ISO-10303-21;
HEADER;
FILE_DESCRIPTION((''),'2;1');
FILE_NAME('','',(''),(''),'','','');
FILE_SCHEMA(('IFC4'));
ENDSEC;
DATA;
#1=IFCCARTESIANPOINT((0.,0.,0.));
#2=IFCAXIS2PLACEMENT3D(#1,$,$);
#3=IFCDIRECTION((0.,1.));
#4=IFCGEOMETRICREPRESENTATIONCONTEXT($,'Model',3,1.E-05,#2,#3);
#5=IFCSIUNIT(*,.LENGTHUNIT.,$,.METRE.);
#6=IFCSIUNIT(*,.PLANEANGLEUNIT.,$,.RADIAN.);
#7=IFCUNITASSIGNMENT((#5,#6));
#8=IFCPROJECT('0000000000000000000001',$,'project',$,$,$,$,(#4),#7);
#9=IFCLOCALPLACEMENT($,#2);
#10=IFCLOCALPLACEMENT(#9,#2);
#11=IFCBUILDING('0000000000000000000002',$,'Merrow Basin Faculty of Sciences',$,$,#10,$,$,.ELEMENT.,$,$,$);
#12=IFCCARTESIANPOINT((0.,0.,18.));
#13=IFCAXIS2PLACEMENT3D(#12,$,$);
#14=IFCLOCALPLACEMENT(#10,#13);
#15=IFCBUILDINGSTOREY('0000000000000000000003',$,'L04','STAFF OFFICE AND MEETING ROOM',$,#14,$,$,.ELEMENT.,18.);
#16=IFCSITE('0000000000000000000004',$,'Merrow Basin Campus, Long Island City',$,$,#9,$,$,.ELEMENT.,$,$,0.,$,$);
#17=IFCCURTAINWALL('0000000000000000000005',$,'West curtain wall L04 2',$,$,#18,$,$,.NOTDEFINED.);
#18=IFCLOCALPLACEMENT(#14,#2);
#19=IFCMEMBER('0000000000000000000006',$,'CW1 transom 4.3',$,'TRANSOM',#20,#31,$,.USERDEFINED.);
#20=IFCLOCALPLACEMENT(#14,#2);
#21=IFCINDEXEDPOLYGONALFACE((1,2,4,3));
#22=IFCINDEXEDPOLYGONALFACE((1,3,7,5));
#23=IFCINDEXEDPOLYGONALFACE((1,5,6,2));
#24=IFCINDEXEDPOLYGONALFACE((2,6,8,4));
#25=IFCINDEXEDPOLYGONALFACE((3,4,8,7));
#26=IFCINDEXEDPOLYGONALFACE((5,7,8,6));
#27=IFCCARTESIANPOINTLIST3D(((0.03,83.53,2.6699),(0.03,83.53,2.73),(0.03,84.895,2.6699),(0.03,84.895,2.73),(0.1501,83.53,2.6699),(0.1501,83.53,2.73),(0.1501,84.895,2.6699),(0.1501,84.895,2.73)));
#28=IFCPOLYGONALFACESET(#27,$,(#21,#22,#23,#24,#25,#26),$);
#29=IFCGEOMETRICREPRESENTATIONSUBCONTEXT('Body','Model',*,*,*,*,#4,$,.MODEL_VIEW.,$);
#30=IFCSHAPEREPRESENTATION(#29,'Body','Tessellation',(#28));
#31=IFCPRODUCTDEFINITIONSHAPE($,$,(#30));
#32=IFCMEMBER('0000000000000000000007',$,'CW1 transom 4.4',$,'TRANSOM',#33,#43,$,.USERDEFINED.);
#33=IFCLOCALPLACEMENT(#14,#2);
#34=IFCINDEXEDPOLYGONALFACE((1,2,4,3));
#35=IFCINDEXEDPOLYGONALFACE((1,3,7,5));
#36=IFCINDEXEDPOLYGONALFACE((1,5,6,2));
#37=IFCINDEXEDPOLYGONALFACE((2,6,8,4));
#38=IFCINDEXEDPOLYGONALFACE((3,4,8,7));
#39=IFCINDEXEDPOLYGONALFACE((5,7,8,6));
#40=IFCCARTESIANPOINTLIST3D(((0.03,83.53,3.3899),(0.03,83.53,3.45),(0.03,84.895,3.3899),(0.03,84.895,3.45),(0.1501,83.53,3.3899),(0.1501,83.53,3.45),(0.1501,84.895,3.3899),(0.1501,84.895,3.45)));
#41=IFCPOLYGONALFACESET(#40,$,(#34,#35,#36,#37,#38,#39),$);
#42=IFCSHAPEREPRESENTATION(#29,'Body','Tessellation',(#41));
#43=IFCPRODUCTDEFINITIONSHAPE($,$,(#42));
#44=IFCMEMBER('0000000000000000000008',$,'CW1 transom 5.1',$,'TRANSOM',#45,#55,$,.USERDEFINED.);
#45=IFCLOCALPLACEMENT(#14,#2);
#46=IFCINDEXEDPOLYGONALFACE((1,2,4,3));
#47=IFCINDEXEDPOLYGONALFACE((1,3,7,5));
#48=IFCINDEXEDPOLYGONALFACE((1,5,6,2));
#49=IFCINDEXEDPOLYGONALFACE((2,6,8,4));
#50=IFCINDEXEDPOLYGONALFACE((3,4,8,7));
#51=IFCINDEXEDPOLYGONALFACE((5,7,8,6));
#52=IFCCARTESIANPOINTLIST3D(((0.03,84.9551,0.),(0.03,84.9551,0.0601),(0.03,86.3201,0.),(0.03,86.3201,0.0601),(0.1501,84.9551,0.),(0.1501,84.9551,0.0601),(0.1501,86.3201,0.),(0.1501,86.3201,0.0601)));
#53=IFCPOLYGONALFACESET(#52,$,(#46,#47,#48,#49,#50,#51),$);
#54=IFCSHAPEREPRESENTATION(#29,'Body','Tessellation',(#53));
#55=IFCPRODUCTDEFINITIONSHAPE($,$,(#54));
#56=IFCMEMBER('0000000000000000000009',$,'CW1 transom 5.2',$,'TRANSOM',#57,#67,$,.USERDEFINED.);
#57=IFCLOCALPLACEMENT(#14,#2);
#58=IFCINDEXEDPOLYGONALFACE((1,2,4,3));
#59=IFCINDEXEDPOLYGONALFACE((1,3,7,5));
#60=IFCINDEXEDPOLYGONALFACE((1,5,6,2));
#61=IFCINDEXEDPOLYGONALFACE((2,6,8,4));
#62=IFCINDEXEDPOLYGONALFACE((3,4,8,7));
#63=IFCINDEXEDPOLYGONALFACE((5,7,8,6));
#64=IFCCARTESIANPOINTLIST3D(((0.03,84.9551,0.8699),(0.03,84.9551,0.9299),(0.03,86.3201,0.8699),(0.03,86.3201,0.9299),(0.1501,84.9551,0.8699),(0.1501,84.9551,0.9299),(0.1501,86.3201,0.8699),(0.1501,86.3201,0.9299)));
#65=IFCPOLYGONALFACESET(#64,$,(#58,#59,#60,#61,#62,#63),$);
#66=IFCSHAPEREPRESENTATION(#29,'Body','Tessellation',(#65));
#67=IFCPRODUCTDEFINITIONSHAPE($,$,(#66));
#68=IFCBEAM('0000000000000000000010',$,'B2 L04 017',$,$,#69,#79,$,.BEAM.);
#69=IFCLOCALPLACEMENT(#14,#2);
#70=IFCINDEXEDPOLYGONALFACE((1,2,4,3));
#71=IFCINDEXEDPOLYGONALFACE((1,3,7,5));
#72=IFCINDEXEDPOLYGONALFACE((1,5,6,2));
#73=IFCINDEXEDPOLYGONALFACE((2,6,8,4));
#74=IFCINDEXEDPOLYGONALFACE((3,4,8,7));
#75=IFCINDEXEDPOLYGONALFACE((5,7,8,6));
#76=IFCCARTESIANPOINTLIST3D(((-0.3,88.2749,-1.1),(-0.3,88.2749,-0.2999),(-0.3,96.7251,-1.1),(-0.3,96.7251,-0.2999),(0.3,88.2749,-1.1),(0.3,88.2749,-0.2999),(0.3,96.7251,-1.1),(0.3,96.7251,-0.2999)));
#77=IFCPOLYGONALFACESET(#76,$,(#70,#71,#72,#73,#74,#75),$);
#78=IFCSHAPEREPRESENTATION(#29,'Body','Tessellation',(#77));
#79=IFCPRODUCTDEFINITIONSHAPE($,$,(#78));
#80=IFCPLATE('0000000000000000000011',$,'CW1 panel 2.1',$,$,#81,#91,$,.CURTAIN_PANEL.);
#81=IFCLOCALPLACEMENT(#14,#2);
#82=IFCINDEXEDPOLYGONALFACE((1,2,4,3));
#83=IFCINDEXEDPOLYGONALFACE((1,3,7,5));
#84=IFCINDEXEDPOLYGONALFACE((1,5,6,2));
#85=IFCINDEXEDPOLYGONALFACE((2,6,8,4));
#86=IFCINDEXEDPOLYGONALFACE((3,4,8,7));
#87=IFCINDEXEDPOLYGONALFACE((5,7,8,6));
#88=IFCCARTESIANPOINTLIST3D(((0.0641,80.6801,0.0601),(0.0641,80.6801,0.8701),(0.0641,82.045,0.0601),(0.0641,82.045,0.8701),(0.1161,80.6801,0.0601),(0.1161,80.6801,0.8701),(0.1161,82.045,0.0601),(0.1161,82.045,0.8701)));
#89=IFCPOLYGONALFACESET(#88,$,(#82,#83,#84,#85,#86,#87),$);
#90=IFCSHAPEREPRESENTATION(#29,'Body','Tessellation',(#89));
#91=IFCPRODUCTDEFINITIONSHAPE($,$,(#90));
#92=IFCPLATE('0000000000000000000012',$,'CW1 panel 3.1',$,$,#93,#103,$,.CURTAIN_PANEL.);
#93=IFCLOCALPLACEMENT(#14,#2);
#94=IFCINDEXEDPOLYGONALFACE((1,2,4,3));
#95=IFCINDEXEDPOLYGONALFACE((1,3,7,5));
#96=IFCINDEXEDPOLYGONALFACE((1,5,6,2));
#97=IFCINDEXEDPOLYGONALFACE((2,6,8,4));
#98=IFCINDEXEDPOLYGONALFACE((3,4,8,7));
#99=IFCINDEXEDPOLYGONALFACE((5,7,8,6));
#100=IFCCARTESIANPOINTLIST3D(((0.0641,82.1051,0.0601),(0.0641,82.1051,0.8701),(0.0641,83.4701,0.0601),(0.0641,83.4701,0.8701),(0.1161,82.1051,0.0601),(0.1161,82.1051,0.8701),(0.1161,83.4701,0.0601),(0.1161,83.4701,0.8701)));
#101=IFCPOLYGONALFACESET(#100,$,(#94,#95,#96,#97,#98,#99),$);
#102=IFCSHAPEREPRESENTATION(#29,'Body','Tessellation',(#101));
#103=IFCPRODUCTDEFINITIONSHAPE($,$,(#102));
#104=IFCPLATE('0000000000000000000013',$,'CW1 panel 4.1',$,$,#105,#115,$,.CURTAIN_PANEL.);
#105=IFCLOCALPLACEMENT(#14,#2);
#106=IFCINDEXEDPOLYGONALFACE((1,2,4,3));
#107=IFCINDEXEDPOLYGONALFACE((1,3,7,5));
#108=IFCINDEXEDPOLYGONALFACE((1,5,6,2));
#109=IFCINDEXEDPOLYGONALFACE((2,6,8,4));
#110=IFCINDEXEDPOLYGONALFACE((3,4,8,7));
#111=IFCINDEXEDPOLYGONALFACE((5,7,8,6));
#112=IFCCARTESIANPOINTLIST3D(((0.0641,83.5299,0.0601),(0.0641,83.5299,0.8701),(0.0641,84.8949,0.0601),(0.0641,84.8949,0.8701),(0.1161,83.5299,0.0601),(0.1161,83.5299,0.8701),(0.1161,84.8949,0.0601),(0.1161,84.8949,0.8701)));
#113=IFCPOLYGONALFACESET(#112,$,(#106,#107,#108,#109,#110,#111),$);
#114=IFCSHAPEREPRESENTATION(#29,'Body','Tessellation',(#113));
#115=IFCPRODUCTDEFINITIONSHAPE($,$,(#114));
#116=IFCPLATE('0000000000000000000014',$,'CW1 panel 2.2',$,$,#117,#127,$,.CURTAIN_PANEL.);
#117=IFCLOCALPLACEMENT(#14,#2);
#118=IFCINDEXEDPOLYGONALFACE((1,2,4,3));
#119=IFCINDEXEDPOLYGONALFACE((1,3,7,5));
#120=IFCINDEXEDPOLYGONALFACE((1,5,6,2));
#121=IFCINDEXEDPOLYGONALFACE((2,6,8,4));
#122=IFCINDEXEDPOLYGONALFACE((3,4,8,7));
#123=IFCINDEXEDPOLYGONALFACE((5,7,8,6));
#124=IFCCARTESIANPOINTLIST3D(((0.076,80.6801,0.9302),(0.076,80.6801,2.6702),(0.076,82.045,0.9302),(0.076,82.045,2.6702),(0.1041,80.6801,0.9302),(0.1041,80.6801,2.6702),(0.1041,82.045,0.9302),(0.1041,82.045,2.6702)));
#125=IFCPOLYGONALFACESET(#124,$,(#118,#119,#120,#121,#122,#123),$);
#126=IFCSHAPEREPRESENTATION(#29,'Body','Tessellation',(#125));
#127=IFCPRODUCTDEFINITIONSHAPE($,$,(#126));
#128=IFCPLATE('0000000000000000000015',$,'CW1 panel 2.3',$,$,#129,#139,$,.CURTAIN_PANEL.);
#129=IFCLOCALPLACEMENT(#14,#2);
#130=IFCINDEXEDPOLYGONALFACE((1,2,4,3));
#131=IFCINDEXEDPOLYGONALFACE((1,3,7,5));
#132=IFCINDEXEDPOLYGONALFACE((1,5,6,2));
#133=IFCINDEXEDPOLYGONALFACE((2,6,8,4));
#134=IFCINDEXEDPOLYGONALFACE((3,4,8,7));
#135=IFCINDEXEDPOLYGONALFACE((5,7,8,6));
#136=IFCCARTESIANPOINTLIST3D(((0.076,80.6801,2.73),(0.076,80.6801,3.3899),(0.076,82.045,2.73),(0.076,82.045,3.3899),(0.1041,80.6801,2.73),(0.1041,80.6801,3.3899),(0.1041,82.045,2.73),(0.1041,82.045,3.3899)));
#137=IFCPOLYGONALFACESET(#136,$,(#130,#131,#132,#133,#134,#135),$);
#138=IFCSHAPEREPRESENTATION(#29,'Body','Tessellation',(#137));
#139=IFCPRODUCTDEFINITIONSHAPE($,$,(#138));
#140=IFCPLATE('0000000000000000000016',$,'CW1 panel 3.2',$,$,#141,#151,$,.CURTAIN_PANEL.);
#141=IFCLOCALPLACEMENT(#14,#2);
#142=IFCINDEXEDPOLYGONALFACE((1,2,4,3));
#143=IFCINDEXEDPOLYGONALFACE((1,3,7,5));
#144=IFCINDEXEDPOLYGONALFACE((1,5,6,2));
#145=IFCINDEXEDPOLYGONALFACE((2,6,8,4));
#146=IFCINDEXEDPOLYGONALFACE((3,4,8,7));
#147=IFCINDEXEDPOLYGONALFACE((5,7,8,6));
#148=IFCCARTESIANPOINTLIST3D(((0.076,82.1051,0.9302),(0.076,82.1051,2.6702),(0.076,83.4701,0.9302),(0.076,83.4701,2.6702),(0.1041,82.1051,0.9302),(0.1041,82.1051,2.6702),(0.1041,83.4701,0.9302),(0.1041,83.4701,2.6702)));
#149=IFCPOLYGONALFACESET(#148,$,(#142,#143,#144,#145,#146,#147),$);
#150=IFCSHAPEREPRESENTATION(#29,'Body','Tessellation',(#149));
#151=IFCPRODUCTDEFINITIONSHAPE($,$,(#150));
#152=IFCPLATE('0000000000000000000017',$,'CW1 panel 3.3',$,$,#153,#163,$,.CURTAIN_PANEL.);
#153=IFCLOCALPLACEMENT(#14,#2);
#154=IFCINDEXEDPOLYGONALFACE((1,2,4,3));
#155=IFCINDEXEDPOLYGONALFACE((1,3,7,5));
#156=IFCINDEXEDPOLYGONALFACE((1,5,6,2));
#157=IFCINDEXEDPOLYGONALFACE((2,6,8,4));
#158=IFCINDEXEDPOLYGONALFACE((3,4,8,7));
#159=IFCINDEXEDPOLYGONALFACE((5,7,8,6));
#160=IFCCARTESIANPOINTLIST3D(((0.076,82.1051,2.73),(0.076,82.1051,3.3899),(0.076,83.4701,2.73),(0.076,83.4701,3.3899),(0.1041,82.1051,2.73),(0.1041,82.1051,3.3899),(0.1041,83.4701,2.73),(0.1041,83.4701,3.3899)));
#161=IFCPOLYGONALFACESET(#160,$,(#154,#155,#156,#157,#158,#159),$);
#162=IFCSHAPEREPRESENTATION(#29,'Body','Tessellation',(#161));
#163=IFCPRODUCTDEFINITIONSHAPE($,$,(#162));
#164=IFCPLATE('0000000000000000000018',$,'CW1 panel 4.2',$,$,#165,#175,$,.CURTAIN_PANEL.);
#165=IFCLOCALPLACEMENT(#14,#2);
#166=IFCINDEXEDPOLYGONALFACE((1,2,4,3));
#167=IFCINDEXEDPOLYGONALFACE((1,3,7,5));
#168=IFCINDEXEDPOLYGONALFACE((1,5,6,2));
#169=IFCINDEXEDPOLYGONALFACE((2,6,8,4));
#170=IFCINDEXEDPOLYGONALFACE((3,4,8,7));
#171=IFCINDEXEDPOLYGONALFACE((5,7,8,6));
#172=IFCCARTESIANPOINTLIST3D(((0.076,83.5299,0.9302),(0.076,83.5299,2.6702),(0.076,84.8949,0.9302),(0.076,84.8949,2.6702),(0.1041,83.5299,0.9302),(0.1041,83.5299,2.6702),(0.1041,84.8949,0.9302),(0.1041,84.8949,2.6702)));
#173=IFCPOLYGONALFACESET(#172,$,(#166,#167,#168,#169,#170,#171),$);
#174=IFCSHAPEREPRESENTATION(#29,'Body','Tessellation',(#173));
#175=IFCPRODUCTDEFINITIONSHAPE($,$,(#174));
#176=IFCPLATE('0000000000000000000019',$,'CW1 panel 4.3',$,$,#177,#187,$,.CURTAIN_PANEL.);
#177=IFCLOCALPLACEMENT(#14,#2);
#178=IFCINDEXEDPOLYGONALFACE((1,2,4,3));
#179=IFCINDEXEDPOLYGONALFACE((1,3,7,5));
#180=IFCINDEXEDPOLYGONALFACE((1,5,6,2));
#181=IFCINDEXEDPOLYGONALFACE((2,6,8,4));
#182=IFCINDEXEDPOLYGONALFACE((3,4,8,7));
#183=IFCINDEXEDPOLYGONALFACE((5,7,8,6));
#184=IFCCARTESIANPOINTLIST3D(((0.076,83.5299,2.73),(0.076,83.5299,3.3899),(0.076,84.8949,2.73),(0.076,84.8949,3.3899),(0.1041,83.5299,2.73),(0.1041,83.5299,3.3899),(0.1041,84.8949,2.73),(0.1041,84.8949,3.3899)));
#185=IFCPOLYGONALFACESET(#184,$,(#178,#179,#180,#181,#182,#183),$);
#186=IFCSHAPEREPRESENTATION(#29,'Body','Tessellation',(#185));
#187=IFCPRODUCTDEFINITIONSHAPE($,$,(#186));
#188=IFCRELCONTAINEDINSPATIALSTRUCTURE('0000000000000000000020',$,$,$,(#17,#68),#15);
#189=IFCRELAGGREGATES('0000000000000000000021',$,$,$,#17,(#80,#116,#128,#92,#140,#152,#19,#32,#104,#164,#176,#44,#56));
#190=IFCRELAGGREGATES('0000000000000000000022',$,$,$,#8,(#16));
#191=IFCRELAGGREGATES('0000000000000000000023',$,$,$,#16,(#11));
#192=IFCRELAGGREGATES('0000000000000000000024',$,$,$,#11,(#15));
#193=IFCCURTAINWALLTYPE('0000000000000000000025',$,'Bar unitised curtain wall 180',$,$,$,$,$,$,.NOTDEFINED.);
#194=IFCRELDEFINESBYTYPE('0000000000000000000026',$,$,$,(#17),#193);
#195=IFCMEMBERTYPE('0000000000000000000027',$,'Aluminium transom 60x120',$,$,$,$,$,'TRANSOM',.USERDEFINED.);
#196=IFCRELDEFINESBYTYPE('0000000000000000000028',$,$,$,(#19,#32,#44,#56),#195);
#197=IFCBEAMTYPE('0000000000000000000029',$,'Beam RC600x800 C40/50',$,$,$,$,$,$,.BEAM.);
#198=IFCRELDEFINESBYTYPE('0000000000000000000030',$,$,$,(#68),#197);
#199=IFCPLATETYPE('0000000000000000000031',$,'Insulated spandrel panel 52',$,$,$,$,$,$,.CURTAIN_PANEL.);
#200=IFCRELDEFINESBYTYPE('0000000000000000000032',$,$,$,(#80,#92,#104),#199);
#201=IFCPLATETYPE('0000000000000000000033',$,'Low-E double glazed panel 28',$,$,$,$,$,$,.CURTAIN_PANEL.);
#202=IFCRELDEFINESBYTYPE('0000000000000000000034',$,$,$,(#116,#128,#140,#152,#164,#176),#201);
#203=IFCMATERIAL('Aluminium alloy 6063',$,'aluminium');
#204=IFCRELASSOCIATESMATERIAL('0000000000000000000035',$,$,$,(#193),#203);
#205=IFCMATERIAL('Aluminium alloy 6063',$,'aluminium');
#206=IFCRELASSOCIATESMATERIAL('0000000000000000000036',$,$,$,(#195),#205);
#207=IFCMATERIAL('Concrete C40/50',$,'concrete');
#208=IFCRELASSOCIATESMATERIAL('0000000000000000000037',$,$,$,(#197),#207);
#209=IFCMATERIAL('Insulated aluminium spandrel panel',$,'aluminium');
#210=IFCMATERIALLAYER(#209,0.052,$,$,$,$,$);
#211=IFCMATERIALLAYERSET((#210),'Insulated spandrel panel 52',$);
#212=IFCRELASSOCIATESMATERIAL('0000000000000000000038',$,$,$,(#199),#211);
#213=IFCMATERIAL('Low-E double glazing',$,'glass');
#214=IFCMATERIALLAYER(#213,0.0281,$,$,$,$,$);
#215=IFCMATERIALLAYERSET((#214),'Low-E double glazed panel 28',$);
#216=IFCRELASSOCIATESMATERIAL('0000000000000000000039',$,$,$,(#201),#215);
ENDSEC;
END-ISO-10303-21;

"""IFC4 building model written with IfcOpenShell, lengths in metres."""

from ifc_helpers import new_model, si_unit, direction, frame, origin, origin_2d, place, context, subcontext, project, spatial, rectangle, extrude, material, layer, layer_set, material_profile, profile_set, type_object, element, aggregate, save


model = new_model("IFC4")

# Units and contexts
model_context = context("Model", 3, precision=1e-05, world=origin(), true_north=direction((0.0, 1.0)))
body_context = subcontext(model_context, "Body", "Model", "MODEL_VIEW")
ifc_project = project(units=[si_unit("LENGTHUNIT", "METRE"), si_unit("PLANEANGLEUNIT", "RADIAN")], contexts=[model_context])

# Site, building, storey
site_placement = place(None, origin())
site = spatial("IfcSite", under=ifc_project, at=site_placement, Name="Merrow Basin Campus, Long Island City", CompositionType="ELEMENT", RefElevation=0.0)
building_placement = place(site_placement, origin())
building = spatial("IfcBuilding", under=site, at=building_placement, Name="Merrow Basin Faculty of Sciences", CompositionType="ELEMENT")
storey_placement = place(building_placement, frame((0.0, 0.0, 18.0)))
storey = spatial("IfcBuildingStorey", under=building, at=storey_placement, Name="L04", Description="STAFF OFFICE AND MEETING ROOM", CompositionType="ELEMENT", Elevation=18.0)

# Curtain wall, members
ifc_material_1 = material(Name="Aluminium alloy 6063", Category="aluminium")
curtain_wall_type = type_object("IfcCurtainWallType", Name="Bar unitised curtain wall 180", PredefinedType="NOTDEFINED", material=ifc_material_1)
curtain_wall_placement = place(storey_placement, origin())
curtain_wall = element("IfcCurtainWall", 1, at=curtain_wall_placement, inside=storey, type_object=curtain_wall_type, Name="West curtain wall L04 2", PredefinedType="NOTDEFINED")
ifc_material_2 = material(Name="Aluminium alloy 6063", Category="aluminium")
ifc_material_profile_1 = material_profile(ifc_material_2, rectangle(XDim=0.1201, YDim=0.0601, at=origin_2d()))
ifc_profile_set_1 = profile_set([ifc_material_profile_1], Name="Aluminium alloy 6063")
member_type_1 = type_object("IfcMemberType", Name="Aluminium transom 60x120", ElementType="TRANSOM", PredefinedType="USERDEFINED", material=ifc_profile_set_1)
member_1_placement = place(storey_placement, frame((0.0901, 83.53, 2.7), z_axis=(0.0, 1.0, 0.0), x_axis=(-1.0, 0.0, 0.0)))
member_1 = element("IfcMember", 2, at=member_1_placement, type_object=member_type_1, Name="CW1 transom 4.3", ObjectType="TRANSOM", PredefinedType="USERDEFINED", context=body_context, shape_type="SweptSolid", body=[
    extrude(rectangle(XDim=0.1201, YDim=0.0601, at=origin_2d()), origin(), (0.0, 0.0, 1.0), 1.365),
])
member_2_placement = place(storey_placement, frame((0.0901, 83.53, 3.4199), z_axis=(0.0, 1.0, 0.0), x_axis=(-1.0, 0.0, 0.0)))
member_2 = element("IfcMember", 3, at=member_2_placement, type_object=member_type_1, Name="CW1 transom 4.4", ObjectType="TRANSOM", PredefinedType="USERDEFINED", context=body_context, shape_type="SweptSolid", body=[
    extrude(rectangle(XDim=0.1201, YDim=0.0601, at=origin_2d()), origin(), (0.0, 0.0, 1.0), 1.365),
])
member_3_placement = place(storey_placement, frame((0.0901, 84.9551, 0.03), z_axis=(0.0, 1.0, 0.0), x_axis=(-1.0, 0.0, 0.0)))
member_3 = element("IfcMember", 4, at=member_3_placement, type_object=member_type_1, Name="CW1 transom 5.1", ObjectType="TRANSOM", PredefinedType="USERDEFINED", context=body_context, shape_type="SweptSolid", body=[
    extrude(rectangle(XDim=0.1201, YDim=0.0601, at=origin_2d()), origin(), (0.0, 0.0, 1.0), 1.365),
])
member_4_placement = place(storey_placement, frame((0.0901, 84.9551, 0.8999), z_axis=(0.0, 1.0, 0.0), x_axis=(-1.0, 0.0, 0.0)))
member_4 = element("IfcMember", 5, at=member_4_placement, type_object=member_type_1, Name="CW1 transom 5.2", ObjectType="TRANSOM", PredefinedType="USERDEFINED", context=body_context, shape_type="SweptSolid", body=[
    extrude(rectangle(XDim=0.1201, YDim=0.0601, at=origin_2d()), origin(), (0.0, 0.0, 1.0), 1.365),
])

# Beam
ifc_material_3 = material(Name="Concrete C40/50", Category="concrete")
ifc_material_profile_2 = material_profile(ifc_material_3, rectangle(XDim=0.6001, YDim=0.8, at=origin_2d()))
ifc_profile_set_2 = profile_set([ifc_material_profile_2], Name="Concrete C40/50")
beam_type = type_object("IfcBeamType", Name="Beam RC600x800 C40/50", PredefinedType="BEAM", material=ifc_profile_set_2)
beam_placement = place(storey_placement, frame((0.0, 88.2749, -0.7), z_axis=(0.0, 1.0, 0.0), x_axis=(-1.0, 0.0, 0.0)))
element("IfcBeam", 6, at=beam_placement, inside=storey, type_object=beam_type, Name="B2 L04 017", PredefinedType="BEAM", context=body_context, shape_type="SweptSolid", body=[
    extrude(rectangle(XDim=0.6001, YDim=0.8, at=origin_2d()), origin(), (0.0, 0.0, 1.0), 8.4502),
])

# Plates
ifc_material_4 = material(Name="Insulated aluminium spandrel panel", Category="aluminium")
ifc_layer_1 = layer(ifc_material_4, 0.052)
ifc_layer_set_1 = layer_set([ifc_layer_1], Name="Insulated spandrel panel 52")
plate_type_1 = type_object("IfcPlateType", Name="Insulated spandrel panel 52", PredefinedType="CURTAIN_PANEL", material=ifc_layer_set_1)
plate_1_placement = place(storey_placement, frame((0.0901, 81.3625, 0.0601), z_axis=(0.0, 0.0, 1.0), x_axis=(0.0, 1.0, 0.0)))
plate_1 = element("IfcPlate", 7, at=plate_1_placement, type_object=plate_type_1, Name="CW1 panel 2.1", PredefinedType="CURTAIN_PANEL", context=body_context, shape_type="SweptSolid", body=[
    extrude(rectangle(XDim=1.365, YDim=0.052, at=origin_2d()), origin(), (0.0, 0.0, 1.0), 0.8101),
])
plate_2_placement = place(storey_placement, frame((0.0901, 82.7876, 0.0601), z_axis=(0.0, 0.0, 1.0), x_axis=(0.0, 1.0, 0.0)))
plate_2 = element("IfcPlate", 8, at=plate_2_placement, type_object=plate_type_1, Name="CW1 panel 3.1", PredefinedType="CURTAIN_PANEL", context=body_context, shape_type="SweptSolid", body=[
    extrude(rectangle(XDim=1.365, YDim=0.052, at=origin_2d()), origin(), (0.0, 0.0, 1.0), 0.8101),
])
plate_3_placement = place(storey_placement, frame((0.0901, 84.2124, 0.0601), z_axis=(0.0, 0.0, 1.0), x_axis=(0.0, 1.0, 0.0)))
plate_3 = element("IfcPlate", 9, at=plate_3_placement, type_object=plate_type_1, Name="CW1 panel 4.1", PredefinedType="CURTAIN_PANEL", context=body_context, shape_type="SweptSolid", body=[
    extrude(rectangle(XDim=1.365, YDim=0.052, at=origin_2d()), origin(), (0.0, 0.0, 1.0), 0.8101),
])
ifc_material_5 = material(Name="Low-E double glazing", Category="glass")
ifc_layer_2 = layer(ifc_material_5, 0.0281)
ifc_layer_set_2 = layer_set([ifc_layer_2], Name="Low-E double glazed panel 28")
plate_type_2 = type_object("IfcPlateType", Name="Low-E double glazed panel 28", PredefinedType="CURTAIN_PANEL", material=ifc_layer_set_2)
plate_4_placement = place(storey_placement, frame((0.0901, 81.3625, 0.9302), z_axis=(0.0, 0.0, 1.0), x_axis=(0.0, 1.0, 0.0)))
plate_4 = element("IfcPlate", 10, at=plate_4_placement, type_object=plate_type_2, Name="CW1 panel 2.2", PredefinedType="CURTAIN_PANEL", context=body_context, shape_type="SweptSolid", body=[
    extrude(rectangle(XDim=1.365, YDim=0.0281, at=origin_2d()), origin(), (0.0, 0.0, 1.0), 1.74),
])
plate_5_placement = place(storey_placement, frame((0.0901, 81.3625, 2.73), z_axis=(0.0, 0.0, 1.0), x_axis=(0.0, 1.0, 0.0)))
plate_5 = element("IfcPlate", 11, at=plate_5_placement, type_object=plate_type_2, Name="CW1 panel 2.3", PredefinedType="CURTAIN_PANEL", context=body_context, shape_type="SweptSolid", body=[
    extrude(rectangle(XDim=1.365, YDim=0.0281, at=origin_2d()), origin(), (0.0, 0.0, 1.0), 0.6599),
])
plate_6_placement = place(storey_placement, frame((0.0901, 82.7876, 0.9302), z_axis=(0.0, 0.0, 1.0), x_axis=(0.0, 1.0, 0.0)))
plate_6 = element("IfcPlate", 12, at=plate_6_placement, type_object=plate_type_2, Name="CW1 panel 3.2", PredefinedType="CURTAIN_PANEL", context=body_context, shape_type="SweptSolid", body=[
    extrude(rectangle(XDim=1.365, YDim=0.0281, at=origin_2d()), origin(), (0.0, 0.0, 1.0), 1.74),
])
plate_7_placement = place(storey_placement, frame((0.0901, 82.7876, 2.73), z_axis=(0.0, 0.0, 1.0), x_axis=(0.0, 1.0, 0.0)))
plate_7 = element("IfcPlate", 13, at=plate_7_placement, type_object=plate_type_2, Name="CW1 panel 3.3", PredefinedType="CURTAIN_PANEL", context=body_context, shape_type="SweptSolid", body=[
    extrude(rectangle(XDim=1.365, YDim=0.0281, at=origin_2d()), origin(), (0.0, 0.0, 1.0), 0.6599),
])
plate_8_placement = place(storey_placement, frame((0.0901, 84.2124, 0.9302), z_axis=(0.0, 0.0, 1.0), x_axis=(0.0, 1.0, 0.0)))
plate_8 = element("IfcPlate", 14, at=plate_8_placement, type_object=plate_type_2, Name="CW1 panel 4.2", PredefinedType="CURTAIN_PANEL", context=body_context, shape_type="SweptSolid", body=[
    extrude(rectangle(XDim=1.365, YDim=0.0281, at=origin_2d()), origin(), (0.0, 0.0, 1.0), 1.74),
])
plate_9_placement = place(storey_placement, frame((0.0901, 84.2124, 2.73), z_axis=(0.0, 0.0, 1.0), x_axis=(0.0, 1.0, 0.0)))
plate_9 = element("IfcPlate", 15, at=plate_9_placement, type_object=plate_type_2, Name="CW1 panel 4.3", PredefinedType="CURTAIN_PANEL", context=body_context, shape_type="SweptSolid", body=[
    extrude(rectangle(XDim=1.365, YDim=0.0281, at=origin_2d()), origin(), (0.0, 0.0, 1.0), 0.6599),
])
aggregate(curtain_wall, [plate_1, plate_4, plate_5, plate_2, plate_6, plate_7, member_1, member_2, plate_3, plate_8, plate_9, member_3, member_4])

save(model, "model.ifc")
